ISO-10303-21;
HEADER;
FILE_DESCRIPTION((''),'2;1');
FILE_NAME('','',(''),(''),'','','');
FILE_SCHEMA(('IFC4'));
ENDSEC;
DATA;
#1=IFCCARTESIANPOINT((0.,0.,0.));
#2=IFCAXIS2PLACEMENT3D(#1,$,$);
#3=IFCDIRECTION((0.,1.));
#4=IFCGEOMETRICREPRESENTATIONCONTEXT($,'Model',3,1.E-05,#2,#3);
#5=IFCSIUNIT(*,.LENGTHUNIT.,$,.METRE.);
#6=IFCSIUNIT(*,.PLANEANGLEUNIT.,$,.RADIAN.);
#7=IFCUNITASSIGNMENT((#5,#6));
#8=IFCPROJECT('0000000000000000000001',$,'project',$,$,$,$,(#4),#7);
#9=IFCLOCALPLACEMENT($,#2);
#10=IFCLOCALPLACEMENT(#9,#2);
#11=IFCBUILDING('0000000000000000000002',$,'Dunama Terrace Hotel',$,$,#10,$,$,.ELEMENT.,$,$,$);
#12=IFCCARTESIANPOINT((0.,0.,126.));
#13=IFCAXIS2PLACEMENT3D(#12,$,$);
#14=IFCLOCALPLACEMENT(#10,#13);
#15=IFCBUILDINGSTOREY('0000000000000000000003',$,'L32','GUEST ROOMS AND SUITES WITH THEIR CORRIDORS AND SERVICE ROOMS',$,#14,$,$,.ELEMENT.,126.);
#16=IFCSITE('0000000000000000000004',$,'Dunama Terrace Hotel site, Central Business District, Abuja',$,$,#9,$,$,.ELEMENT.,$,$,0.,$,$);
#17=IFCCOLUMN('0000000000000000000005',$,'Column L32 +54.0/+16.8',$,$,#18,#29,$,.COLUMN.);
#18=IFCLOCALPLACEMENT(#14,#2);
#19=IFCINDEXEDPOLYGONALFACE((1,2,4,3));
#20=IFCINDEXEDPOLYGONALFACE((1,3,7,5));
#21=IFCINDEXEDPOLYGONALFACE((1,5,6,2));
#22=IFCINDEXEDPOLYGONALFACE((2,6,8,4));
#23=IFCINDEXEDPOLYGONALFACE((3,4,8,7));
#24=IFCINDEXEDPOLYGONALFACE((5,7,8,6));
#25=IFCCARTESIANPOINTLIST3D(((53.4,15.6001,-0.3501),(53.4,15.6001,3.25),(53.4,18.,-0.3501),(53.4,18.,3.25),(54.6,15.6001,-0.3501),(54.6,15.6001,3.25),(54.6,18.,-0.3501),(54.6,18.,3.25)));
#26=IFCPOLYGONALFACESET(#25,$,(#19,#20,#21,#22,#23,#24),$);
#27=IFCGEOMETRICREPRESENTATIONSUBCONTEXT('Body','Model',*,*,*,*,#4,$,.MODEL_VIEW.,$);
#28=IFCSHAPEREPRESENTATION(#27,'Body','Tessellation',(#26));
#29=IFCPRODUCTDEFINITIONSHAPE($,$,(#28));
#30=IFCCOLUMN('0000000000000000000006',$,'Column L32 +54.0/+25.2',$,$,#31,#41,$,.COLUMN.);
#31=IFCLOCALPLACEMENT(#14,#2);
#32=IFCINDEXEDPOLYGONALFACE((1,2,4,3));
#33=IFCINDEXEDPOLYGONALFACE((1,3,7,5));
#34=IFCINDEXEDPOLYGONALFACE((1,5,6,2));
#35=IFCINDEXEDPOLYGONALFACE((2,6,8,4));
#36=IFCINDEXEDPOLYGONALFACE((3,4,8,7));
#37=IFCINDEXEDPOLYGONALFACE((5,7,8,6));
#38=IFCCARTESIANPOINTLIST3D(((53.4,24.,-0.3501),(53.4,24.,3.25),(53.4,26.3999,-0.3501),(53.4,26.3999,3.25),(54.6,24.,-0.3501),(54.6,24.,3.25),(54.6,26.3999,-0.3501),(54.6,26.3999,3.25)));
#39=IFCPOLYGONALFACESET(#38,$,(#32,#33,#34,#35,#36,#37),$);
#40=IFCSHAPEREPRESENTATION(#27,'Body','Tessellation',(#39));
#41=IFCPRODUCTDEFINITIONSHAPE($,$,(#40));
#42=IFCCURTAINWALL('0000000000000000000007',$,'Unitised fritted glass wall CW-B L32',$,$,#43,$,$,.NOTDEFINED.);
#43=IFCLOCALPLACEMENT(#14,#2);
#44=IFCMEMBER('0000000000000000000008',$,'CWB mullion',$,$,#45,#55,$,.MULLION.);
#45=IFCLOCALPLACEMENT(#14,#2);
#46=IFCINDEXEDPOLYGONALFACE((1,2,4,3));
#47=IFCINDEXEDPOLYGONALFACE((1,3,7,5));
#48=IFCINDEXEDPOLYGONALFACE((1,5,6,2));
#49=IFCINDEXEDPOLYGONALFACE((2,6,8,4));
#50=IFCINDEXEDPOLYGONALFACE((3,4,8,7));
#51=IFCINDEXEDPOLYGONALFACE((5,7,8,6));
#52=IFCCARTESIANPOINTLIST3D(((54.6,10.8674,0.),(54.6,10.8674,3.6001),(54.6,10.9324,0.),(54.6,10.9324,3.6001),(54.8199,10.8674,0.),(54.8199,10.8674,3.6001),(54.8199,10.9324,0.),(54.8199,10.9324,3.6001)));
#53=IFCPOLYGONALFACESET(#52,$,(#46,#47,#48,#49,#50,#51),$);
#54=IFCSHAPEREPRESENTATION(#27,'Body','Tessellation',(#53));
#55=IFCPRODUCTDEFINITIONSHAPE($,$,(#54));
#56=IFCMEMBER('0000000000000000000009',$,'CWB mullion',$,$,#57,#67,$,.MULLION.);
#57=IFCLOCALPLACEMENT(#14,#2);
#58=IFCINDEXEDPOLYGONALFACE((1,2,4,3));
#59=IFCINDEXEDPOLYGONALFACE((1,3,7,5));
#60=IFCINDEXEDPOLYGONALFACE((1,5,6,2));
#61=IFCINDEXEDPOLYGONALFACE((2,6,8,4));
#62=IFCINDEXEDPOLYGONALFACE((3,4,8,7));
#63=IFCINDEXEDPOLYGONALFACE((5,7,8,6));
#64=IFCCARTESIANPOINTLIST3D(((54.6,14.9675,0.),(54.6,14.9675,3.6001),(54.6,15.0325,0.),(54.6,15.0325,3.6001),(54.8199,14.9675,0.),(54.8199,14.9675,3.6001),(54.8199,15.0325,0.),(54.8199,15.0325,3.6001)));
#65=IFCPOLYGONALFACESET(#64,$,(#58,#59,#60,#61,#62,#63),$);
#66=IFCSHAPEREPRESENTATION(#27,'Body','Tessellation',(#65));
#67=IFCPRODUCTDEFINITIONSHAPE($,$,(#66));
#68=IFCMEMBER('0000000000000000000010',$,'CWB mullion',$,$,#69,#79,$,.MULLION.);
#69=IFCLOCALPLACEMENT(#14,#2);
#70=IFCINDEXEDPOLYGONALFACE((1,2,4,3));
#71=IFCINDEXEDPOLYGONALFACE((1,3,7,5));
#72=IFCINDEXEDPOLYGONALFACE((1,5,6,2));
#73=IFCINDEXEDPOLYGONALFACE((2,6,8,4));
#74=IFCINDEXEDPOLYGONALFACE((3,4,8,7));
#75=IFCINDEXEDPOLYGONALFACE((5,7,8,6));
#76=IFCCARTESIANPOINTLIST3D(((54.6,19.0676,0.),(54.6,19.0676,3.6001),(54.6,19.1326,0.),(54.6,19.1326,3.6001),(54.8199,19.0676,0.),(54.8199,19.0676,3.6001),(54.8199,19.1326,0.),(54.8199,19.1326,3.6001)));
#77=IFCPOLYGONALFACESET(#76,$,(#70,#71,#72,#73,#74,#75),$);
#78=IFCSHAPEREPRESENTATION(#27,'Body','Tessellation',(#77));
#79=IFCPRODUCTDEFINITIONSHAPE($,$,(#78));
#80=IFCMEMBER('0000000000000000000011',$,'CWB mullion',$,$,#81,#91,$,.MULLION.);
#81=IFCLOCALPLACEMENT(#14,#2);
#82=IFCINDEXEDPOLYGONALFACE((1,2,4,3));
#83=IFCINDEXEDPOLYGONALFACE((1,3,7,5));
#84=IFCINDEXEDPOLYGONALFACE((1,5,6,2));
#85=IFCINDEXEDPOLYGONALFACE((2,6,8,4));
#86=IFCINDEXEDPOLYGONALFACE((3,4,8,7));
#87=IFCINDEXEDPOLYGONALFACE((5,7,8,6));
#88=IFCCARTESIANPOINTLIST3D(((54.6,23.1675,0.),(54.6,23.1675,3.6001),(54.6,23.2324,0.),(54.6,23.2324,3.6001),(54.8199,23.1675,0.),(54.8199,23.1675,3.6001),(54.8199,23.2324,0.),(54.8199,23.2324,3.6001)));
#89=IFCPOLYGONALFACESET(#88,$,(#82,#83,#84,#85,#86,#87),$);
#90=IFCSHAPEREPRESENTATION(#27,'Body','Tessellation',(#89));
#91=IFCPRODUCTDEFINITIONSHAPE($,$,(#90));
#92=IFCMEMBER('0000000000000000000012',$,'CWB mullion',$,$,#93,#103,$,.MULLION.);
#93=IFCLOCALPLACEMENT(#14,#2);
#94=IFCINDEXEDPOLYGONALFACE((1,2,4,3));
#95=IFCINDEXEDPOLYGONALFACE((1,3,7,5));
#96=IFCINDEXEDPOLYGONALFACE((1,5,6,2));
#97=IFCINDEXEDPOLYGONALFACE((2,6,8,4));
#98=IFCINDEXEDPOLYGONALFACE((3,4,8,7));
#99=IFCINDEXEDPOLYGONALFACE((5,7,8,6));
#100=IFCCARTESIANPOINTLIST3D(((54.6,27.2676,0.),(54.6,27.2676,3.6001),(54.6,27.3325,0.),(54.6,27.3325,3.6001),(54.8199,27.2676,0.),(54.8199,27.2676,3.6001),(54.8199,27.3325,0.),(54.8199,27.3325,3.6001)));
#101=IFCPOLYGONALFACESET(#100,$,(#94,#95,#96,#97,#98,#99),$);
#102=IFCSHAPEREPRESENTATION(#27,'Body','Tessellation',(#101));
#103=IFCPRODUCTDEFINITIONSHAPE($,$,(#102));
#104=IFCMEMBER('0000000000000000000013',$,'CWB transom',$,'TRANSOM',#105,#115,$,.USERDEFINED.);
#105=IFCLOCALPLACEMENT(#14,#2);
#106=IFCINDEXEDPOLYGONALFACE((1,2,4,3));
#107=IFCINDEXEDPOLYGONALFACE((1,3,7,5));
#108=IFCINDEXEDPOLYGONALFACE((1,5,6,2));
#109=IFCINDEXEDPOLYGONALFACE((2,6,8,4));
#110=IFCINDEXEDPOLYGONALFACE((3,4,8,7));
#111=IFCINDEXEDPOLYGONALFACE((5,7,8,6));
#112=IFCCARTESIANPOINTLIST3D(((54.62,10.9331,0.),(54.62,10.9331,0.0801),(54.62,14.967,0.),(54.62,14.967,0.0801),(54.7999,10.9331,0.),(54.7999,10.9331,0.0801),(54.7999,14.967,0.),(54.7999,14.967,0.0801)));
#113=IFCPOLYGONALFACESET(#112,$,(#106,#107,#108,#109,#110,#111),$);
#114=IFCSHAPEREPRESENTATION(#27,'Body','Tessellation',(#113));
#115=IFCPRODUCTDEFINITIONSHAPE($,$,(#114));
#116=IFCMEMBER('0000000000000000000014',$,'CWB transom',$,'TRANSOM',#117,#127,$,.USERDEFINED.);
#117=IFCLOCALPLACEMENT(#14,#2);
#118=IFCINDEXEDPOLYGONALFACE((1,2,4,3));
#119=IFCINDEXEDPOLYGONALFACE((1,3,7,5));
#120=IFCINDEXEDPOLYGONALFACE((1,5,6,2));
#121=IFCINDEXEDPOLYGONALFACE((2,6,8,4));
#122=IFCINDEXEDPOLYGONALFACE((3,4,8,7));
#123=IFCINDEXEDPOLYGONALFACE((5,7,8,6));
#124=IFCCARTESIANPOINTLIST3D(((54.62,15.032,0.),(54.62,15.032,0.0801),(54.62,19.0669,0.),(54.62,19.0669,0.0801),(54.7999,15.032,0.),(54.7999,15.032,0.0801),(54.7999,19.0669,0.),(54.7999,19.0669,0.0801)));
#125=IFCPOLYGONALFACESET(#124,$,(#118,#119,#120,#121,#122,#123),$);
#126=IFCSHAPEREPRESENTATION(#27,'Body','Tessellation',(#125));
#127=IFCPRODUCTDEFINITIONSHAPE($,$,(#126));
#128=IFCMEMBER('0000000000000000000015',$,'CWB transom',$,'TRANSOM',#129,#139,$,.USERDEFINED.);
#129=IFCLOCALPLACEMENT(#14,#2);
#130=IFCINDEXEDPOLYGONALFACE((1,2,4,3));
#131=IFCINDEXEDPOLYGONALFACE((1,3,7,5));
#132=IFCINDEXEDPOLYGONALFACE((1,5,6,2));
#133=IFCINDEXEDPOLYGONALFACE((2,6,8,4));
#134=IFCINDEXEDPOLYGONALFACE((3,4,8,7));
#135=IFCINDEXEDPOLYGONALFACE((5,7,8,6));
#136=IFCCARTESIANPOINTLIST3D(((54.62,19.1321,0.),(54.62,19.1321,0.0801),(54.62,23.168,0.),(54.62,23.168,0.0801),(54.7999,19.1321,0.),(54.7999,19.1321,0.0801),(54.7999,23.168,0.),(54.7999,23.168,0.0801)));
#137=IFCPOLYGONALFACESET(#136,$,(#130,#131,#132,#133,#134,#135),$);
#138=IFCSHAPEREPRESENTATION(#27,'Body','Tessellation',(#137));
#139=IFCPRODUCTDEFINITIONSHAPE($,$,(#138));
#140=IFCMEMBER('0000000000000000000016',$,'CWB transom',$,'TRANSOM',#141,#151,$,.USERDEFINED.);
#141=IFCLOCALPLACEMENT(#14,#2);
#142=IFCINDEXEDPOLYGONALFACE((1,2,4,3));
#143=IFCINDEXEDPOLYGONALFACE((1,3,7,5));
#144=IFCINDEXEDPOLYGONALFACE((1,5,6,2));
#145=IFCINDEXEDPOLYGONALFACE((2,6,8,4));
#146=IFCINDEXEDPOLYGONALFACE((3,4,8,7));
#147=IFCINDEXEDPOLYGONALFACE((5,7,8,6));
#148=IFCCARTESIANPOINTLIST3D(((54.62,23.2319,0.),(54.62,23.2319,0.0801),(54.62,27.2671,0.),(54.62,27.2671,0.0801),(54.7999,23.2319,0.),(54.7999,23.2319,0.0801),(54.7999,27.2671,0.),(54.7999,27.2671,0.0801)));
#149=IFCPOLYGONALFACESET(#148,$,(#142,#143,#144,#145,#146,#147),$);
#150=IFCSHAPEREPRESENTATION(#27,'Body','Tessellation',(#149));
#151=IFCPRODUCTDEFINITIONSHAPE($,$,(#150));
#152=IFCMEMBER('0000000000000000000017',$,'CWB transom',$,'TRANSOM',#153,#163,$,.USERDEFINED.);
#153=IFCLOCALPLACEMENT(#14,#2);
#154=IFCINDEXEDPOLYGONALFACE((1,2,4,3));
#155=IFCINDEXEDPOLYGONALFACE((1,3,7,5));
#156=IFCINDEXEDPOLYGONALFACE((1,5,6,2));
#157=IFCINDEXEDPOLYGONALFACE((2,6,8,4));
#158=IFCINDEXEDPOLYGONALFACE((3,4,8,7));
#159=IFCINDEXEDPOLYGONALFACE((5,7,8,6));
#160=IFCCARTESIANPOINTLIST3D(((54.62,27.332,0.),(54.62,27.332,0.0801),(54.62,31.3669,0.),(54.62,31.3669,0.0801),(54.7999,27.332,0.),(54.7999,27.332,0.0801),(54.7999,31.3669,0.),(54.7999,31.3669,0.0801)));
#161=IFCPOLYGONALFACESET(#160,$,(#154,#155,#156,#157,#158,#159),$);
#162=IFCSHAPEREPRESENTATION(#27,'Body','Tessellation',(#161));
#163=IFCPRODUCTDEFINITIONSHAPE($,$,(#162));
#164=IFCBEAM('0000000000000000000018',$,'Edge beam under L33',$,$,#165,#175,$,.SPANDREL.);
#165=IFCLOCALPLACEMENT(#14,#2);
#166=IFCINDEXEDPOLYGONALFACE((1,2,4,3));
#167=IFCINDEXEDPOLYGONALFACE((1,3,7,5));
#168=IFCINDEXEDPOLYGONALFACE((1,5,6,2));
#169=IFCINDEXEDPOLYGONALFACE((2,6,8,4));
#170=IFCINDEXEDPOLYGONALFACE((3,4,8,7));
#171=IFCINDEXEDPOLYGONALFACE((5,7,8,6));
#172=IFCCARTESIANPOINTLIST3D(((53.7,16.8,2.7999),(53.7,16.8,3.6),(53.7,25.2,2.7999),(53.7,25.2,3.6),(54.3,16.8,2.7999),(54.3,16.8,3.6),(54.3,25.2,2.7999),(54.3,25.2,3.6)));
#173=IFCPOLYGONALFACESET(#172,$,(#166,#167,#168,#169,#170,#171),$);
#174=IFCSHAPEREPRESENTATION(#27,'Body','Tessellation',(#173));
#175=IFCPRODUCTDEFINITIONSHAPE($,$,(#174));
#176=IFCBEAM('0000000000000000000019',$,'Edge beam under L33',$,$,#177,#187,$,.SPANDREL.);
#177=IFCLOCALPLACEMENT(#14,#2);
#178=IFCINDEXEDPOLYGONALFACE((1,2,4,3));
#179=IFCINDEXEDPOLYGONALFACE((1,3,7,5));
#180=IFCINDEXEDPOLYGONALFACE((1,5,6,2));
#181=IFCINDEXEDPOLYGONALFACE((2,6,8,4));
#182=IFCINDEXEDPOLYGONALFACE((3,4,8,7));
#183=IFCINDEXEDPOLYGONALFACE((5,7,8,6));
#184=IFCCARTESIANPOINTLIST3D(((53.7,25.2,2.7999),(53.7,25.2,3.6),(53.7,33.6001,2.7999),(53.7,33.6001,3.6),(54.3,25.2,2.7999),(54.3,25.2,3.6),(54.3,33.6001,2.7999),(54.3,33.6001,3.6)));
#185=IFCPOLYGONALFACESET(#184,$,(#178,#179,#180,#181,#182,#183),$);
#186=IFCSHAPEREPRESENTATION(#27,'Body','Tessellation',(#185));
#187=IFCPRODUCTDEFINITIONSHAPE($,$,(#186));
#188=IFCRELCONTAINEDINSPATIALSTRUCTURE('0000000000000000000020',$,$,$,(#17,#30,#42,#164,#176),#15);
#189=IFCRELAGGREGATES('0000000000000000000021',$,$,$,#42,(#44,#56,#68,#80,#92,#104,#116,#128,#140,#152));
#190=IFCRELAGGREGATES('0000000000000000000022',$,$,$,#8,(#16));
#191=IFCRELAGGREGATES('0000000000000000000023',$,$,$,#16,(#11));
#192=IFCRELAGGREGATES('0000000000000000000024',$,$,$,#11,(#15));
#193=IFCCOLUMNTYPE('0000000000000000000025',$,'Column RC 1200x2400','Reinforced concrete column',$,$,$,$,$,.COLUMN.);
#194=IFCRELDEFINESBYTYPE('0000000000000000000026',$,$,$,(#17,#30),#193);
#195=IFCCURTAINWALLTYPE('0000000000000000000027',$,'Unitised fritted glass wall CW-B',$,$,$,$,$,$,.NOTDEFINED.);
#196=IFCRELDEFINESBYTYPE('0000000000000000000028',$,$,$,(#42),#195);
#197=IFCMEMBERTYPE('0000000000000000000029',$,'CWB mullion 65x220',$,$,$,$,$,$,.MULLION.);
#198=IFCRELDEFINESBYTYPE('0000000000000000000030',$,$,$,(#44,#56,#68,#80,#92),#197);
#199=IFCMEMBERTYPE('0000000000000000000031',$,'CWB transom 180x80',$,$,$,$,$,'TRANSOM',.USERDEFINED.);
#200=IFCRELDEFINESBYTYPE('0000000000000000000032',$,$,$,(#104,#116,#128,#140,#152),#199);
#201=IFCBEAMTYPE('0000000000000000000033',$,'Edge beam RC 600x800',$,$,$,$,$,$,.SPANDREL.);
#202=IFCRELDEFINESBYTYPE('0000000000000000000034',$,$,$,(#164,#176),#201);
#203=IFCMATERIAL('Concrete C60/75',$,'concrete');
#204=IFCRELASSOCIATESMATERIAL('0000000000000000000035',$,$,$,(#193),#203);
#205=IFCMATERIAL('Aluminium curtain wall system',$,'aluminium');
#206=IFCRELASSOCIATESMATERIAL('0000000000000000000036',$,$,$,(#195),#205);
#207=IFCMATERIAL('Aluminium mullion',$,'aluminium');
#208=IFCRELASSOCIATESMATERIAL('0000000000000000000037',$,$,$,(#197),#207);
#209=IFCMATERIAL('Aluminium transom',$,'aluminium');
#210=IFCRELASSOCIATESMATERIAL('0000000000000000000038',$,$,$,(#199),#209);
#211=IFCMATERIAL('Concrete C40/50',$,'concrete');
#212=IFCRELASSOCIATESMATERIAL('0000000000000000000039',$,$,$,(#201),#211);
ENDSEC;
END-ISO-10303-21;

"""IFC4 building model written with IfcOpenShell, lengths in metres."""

from ifc_helpers import new_model, si_unit, direction, frame, origin, origin_2d, place, context, subcontext, project, spatial, rectangle, extrude, material, material_profile, profile_set, type_object, element, aggregate, save


model = new_model("IFC4")

# Units and contexts
model_context = context("Model", 3, precision=1e-05, world=origin(), true_north=direction((0.0, 1.0)))
body_context = subcontext(model_context, "Body", "Model", "MODEL_VIEW")
ifc_project = project(units=[si_unit("LENGTHUNIT", "METRE"), si_unit("PLANEANGLEUNIT", "RADIAN")], contexts=[model_context])

# Site, building, storey
site_placement = place(None, origin())
site = spatial("IfcSite", under=ifc_project, at=site_placement, Name="Dunama Terrace Hotel site, Central Business District, Abuja", CompositionType="ELEMENT", RefElevation=0.0)
building_placement = place(site_placement, origin())
building = spatial("IfcBuilding", under=site, at=building_placement, Name="Dunama Terrace Hotel", CompositionType="ELEMENT")
storey_placement = place(building_placement, frame((0.0, 0.0, 126.0)))
storey = spatial("IfcBuildingStorey", under=building, at=storey_placement, Name="L32", Description="GUEST ROOMS AND SUITES WITH THEIR CORRIDORS AND SERVICE ROOMS", CompositionType="ELEMENT", Elevation=126.0)

# Columns
ifc_material_1 = material(Name="Concrete C60/75", Category="concrete")
ifc_material_profile_1 = material_profile(ifc_material_1, rectangle(XDim=1.2, YDim=2.3999, at=origin_2d()), Name="RC 1200x2400")
ifc_profile_set_1 = profile_set([ifc_material_profile_1], Name="Concrete C60/75")
column_type = type_object("IfcColumnType", Name="Column RC 1200x2400", Description="Reinforced concrete column", PredefinedType="COLUMN", material=ifc_profile_set_1)
for number, where, z_axis, x_axis, name in (
    (1, (54.0, 16.8, -0.3501), (0.0, 0.0, 1.0), (1.0, 0.0, 0.0), "Column L32 +54.0/+16.8"),
    (2, (54.0, 25.2, -0.3501), (0.0, 0.0, 1.0), (1.0, 0.0, 0.0), "Column L32 +54.0/+25.2"),
):
    element("IfcColumn", number, at=place(storey_placement, frame(where, z_axis=z_axis, x_axis=x_axis)), inside=storey, type_object=column_type, Name=name, PredefinedType="COLUMN", context=body_context, shape_type="SweptSolid", body=[
        extrude(rectangle(XDim=1.2, YDim=2.3999, at=origin_2d()), origin(), (0.0, 0.0, 1.0), 3.6001),
    ])

# Curtain wall, members
ifc_material_2 = material(Name="Aluminium curtain wall system", Category="aluminium")
curtain_wall_type = type_object("IfcCurtainWallType", Name="Unitised fritted glass wall CW-B", PredefinedType="NOTDEFINED", material=ifc_material_2)
curtain_wall_placement = place(storey_placement, origin())
curtain_wall = element("IfcCurtainWall", 3, at=curtain_wall_placement, inside=storey, type_object=curtain_wall_type, Name="Unitised fritted glass wall CW-B L32", PredefinedType="NOTDEFINED")
ifc_material_3 = material(Name="Aluminium mullion", Category="aluminium")
ifc_material_profile_2 = material_profile(ifc_material_3, rectangle(XDim=0.0649, YDim=0.22, at=origin_2d()), Name="CWB MULLION 65X220")
ifc_profile_set_2 = profile_set([ifc_material_profile_2], Name="Aluminium mullion")
member_type_1 = type_object("IfcMemberType", Name="CWB mullion 65x220", PredefinedType="MULLION", material=ifc_profile_set_2)
member_1_placement = place(storey_placement, frame((54.71, 10.8999, 0.0), z_axis=(0.0, 0.0, 1.0), x_axis=(0.0, 1.0, 0.0)))
member_1 = element("IfcMember", 4, at=member_1_placement, type_object=member_type_1, Name="CWB mullion", PredefinedType="MULLION", context=body_context, shape_type="SweptSolid", body=[
    extrude(rectangle(XDim=0.0649, YDim=0.22, at=origin_2d()), origin(), (0.0, 0.0, 1.0), 3.6001),
])
member_2_placement = place(storey_placement, frame((54.71, 15.0, 0.0), z_axis=(0.0, 0.0, 1.0), x_axis=(0.0, 1.0, 0.0)))
member_2 = element("IfcMember", 5, at=member_2_placement, type_object=member_type_1, Name="CWB mullion", PredefinedType="MULLION", context=body_context, shape_type="SweptSolid", body=[
    extrude(rectangle(XDim=0.0649, YDim=0.22, at=origin_2d()), origin(), (0.0, 0.0, 1.0), 3.6001),
])
member_3_placement = place(storey_placement, frame((54.71, 19.1001, 0.0), z_axis=(0.0, 0.0, 1.0), x_axis=(0.0, 1.0, 0.0)))
member_3 = element("IfcMember", 6, at=member_3_placement, type_object=member_type_1, Name="CWB mullion", PredefinedType="MULLION", context=body_context, shape_type="SweptSolid", body=[
    extrude(rectangle(XDim=0.0649, YDim=0.22, at=origin_2d()), origin(), (0.0, 0.0, 1.0), 3.6001),
])
member_4_placement = place(storey_placement, frame((54.71, 23.2, 0.0), z_axis=(0.0, 0.0, 1.0), x_axis=(0.0, 1.0, 0.0)))
member_4 = element("IfcMember", 7, at=member_4_placement, type_object=member_type_1, Name="CWB mullion", PredefinedType="MULLION", context=body_context, shape_type="SweptSolid", body=[
    extrude(rectangle(XDim=0.0649, YDim=0.22, at=origin_2d()), origin(), (0.0, 0.0, 1.0), 3.6001),
])
member_5_placement = place(storey_placement, frame((54.71, 27.3, 0.0), z_axis=(0.0, 0.0, 1.0), x_axis=(0.0, 1.0, 0.0)))
member_5 = element("IfcMember", 8, at=member_5_placement, type_object=member_type_1, Name="CWB mullion", PredefinedType="MULLION", context=body_context, shape_type="SweptSolid", body=[
    extrude(rectangle(XDim=0.0649, YDim=0.22, at=origin_2d()), origin(), (0.0, 0.0, 1.0), 3.6001),
])
ifc_material_4 = material(Name="Aluminium transom", Category="aluminium")
ifc_material_profile_3 = material_profile(ifc_material_4, rectangle(XDim=0.1799, YDim=0.0801, at=origin_2d()), Name="CWB TRANSOM 180X80")
ifc_profile_set_3 = profile_set([ifc_material_profile_3], Name="Aluminium transom")
member_type_2 = type_object("IfcMemberType", Name="CWB transom 180x80", ElementType="TRANSOM", PredefinedType="USERDEFINED", material=ifc_profile_set_3)
member_6_placement = place(storey_placement, frame((54.71, 10.9331, 0.04), z_axis=(0.0, 1.0, 0.0), x_axis=(-1.0, 0.0, 0.0)))
member_6 = element("IfcMember", 9, at=member_6_placement, type_object=member_type_2, Name="CWB transom", ObjectType="TRANSOM", PredefinedType="USERDEFINED", context=body_context, shape_type="SweptSolid", body=[
    extrude(rectangle(XDim=0.1799, YDim=0.0801, at=origin_2d()), origin(), (0.0, 0.0, 1.0), 4.0339),
])
member_7_placement = place(storey_placement, frame((54.71, 15.032, 0.04), z_axis=(0.0, 1.0, 0.0), x_axis=(-1.0, 0.0, 0.0)))
member_7 = element("IfcMember", 10, at=member_7_placement, type_object=member_type_2, Name="CWB transom", ObjectType="TRANSOM", PredefinedType="USERDEFINED", context=body_context, shape_type="SweptSolid", body=[
    extrude(rectangle(XDim=0.1799, YDim=0.0801, at=origin_2d()), origin(), (0.0, 0.0, 1.0), 4.0349),
])
member_8_placement = place(storey_placement, frame((54.71, 19.1321, 0.04), z_axis=(0.0, 1.0, 0.0), x_axis=(-1.0, 0.0, 0.0)))
member_8 = element("IfcMember", 11, at=member_8_placement, type_object=member_type_2, Name="CWB transom", ObjectType="TRANSOM", PredefinedType="USERDEFINED", context=body_context, shape_type="SweptSolid", body=[
    extrude(rectangle(XDim=0.1799, YDim=0.0801, at=origin_2d()), origin(), (0.0, 0.0, 1.0), 4.0359),
])
member_9_placement = place(storey_placement, frame((54.71, 23.2319, 0.04), z_axis=(0.0, 1.0, 0.0), x_axis=(-1.0, 0.0, 0.0)))
member_9 = element("IfcMember", 12, at=member_9_placement, type_object=member_type_2, Name="CWB transom", ObjectType="TRANSOM", PredefinedType="USERDEFINED", context=body_context, shape_type="SweptSolid", body=[
    extrude(rectangle(XDim=0.1799, YDim=0.0801, at=origin_2d()), origin(), (0.0, 0.0, 1.0), 4.0352),
])
member_10_placement = place(storey_placement, frame((54.71, 27.332, 0.04), z_axis=(0.0, 1.0, 0.0), x_axis=(-1.0, 0.0, 0.0)))
member_10 = element("IfcMember", 13, at=member_10_placement, type_object=member_type_2, Name="CWB transom", ObjectType="TRANSOM", PredefinedType="USERDEFINED", context=body_context, shape_type="SweptSolid", body=[
    extrude(rectangle(XDim=0.1799, YDim=0.0801, at=origin_2d()), origin(), (0.0, 0.0, 1.0), 4.0349),
])

# Beams
ifc_material_5 = material(Name="Concrete C40/50", Category="concrete")
ifc_material_profile_4 = material_profile(ifc_material_5, rectangle(XDim=0.6001, YDim=0.8, at=origin_2d()), Name="RC 600x800")
ifc_profile_set_4 = profile_set([ifc_material_profile_4], Name="Concrete C40/50")
beam_type = type_object("IfcBeamType", Name="Edge beam RC 600x800", PredefinedType="SPANDREL", material=ifc_profile_set_4)
beam_1_placement = place(storey_placement, frame((54.0, 16.8, 3.2), z_axis=(0.0, 1.0, 0.0), x_axis=(-1.0, 0.0, 0.0)))
element("IfcBeam", 14, at=beam_1_placement, inside=storey, type_object=beam_type, Name="Edge beam under L33", PredefinedType="SPANDREL", context=body_context, shape_type="SweptSolid", body=[
    extrude(rectangle(XDim=0.6001, YDim=0.8, at=origin_2d()), origin(), (0.0, 0.0, 1.0), 8.3999),
])
beam_2_placement = place(storey_placement, frame((54.0, 25.2, 3.2), z_axis=(0.0, 1.0, 0.0), x_axis=(-1.0, 0.0, 0.0)))
element("IfcBeam", 15, at=beam_2_placement, inside=storey, type_object=beam_type, Name="Edge beam under L33", PredefinedType="SPANDREL", context=body_context, shape_type="SweptSolid", body=[
    extrude(rectangle(XDim=0.6001, YDim=0.8, at=origin_2d()), origin(), (0.0, 0.0, 1.0), 8.4001),
])

aggregate(curtain_wall, [member_1, member_2, member_3, member_4, member_5, member_6, member_7, member_8, member_9, member_10])

save(model, "model.ifc")
